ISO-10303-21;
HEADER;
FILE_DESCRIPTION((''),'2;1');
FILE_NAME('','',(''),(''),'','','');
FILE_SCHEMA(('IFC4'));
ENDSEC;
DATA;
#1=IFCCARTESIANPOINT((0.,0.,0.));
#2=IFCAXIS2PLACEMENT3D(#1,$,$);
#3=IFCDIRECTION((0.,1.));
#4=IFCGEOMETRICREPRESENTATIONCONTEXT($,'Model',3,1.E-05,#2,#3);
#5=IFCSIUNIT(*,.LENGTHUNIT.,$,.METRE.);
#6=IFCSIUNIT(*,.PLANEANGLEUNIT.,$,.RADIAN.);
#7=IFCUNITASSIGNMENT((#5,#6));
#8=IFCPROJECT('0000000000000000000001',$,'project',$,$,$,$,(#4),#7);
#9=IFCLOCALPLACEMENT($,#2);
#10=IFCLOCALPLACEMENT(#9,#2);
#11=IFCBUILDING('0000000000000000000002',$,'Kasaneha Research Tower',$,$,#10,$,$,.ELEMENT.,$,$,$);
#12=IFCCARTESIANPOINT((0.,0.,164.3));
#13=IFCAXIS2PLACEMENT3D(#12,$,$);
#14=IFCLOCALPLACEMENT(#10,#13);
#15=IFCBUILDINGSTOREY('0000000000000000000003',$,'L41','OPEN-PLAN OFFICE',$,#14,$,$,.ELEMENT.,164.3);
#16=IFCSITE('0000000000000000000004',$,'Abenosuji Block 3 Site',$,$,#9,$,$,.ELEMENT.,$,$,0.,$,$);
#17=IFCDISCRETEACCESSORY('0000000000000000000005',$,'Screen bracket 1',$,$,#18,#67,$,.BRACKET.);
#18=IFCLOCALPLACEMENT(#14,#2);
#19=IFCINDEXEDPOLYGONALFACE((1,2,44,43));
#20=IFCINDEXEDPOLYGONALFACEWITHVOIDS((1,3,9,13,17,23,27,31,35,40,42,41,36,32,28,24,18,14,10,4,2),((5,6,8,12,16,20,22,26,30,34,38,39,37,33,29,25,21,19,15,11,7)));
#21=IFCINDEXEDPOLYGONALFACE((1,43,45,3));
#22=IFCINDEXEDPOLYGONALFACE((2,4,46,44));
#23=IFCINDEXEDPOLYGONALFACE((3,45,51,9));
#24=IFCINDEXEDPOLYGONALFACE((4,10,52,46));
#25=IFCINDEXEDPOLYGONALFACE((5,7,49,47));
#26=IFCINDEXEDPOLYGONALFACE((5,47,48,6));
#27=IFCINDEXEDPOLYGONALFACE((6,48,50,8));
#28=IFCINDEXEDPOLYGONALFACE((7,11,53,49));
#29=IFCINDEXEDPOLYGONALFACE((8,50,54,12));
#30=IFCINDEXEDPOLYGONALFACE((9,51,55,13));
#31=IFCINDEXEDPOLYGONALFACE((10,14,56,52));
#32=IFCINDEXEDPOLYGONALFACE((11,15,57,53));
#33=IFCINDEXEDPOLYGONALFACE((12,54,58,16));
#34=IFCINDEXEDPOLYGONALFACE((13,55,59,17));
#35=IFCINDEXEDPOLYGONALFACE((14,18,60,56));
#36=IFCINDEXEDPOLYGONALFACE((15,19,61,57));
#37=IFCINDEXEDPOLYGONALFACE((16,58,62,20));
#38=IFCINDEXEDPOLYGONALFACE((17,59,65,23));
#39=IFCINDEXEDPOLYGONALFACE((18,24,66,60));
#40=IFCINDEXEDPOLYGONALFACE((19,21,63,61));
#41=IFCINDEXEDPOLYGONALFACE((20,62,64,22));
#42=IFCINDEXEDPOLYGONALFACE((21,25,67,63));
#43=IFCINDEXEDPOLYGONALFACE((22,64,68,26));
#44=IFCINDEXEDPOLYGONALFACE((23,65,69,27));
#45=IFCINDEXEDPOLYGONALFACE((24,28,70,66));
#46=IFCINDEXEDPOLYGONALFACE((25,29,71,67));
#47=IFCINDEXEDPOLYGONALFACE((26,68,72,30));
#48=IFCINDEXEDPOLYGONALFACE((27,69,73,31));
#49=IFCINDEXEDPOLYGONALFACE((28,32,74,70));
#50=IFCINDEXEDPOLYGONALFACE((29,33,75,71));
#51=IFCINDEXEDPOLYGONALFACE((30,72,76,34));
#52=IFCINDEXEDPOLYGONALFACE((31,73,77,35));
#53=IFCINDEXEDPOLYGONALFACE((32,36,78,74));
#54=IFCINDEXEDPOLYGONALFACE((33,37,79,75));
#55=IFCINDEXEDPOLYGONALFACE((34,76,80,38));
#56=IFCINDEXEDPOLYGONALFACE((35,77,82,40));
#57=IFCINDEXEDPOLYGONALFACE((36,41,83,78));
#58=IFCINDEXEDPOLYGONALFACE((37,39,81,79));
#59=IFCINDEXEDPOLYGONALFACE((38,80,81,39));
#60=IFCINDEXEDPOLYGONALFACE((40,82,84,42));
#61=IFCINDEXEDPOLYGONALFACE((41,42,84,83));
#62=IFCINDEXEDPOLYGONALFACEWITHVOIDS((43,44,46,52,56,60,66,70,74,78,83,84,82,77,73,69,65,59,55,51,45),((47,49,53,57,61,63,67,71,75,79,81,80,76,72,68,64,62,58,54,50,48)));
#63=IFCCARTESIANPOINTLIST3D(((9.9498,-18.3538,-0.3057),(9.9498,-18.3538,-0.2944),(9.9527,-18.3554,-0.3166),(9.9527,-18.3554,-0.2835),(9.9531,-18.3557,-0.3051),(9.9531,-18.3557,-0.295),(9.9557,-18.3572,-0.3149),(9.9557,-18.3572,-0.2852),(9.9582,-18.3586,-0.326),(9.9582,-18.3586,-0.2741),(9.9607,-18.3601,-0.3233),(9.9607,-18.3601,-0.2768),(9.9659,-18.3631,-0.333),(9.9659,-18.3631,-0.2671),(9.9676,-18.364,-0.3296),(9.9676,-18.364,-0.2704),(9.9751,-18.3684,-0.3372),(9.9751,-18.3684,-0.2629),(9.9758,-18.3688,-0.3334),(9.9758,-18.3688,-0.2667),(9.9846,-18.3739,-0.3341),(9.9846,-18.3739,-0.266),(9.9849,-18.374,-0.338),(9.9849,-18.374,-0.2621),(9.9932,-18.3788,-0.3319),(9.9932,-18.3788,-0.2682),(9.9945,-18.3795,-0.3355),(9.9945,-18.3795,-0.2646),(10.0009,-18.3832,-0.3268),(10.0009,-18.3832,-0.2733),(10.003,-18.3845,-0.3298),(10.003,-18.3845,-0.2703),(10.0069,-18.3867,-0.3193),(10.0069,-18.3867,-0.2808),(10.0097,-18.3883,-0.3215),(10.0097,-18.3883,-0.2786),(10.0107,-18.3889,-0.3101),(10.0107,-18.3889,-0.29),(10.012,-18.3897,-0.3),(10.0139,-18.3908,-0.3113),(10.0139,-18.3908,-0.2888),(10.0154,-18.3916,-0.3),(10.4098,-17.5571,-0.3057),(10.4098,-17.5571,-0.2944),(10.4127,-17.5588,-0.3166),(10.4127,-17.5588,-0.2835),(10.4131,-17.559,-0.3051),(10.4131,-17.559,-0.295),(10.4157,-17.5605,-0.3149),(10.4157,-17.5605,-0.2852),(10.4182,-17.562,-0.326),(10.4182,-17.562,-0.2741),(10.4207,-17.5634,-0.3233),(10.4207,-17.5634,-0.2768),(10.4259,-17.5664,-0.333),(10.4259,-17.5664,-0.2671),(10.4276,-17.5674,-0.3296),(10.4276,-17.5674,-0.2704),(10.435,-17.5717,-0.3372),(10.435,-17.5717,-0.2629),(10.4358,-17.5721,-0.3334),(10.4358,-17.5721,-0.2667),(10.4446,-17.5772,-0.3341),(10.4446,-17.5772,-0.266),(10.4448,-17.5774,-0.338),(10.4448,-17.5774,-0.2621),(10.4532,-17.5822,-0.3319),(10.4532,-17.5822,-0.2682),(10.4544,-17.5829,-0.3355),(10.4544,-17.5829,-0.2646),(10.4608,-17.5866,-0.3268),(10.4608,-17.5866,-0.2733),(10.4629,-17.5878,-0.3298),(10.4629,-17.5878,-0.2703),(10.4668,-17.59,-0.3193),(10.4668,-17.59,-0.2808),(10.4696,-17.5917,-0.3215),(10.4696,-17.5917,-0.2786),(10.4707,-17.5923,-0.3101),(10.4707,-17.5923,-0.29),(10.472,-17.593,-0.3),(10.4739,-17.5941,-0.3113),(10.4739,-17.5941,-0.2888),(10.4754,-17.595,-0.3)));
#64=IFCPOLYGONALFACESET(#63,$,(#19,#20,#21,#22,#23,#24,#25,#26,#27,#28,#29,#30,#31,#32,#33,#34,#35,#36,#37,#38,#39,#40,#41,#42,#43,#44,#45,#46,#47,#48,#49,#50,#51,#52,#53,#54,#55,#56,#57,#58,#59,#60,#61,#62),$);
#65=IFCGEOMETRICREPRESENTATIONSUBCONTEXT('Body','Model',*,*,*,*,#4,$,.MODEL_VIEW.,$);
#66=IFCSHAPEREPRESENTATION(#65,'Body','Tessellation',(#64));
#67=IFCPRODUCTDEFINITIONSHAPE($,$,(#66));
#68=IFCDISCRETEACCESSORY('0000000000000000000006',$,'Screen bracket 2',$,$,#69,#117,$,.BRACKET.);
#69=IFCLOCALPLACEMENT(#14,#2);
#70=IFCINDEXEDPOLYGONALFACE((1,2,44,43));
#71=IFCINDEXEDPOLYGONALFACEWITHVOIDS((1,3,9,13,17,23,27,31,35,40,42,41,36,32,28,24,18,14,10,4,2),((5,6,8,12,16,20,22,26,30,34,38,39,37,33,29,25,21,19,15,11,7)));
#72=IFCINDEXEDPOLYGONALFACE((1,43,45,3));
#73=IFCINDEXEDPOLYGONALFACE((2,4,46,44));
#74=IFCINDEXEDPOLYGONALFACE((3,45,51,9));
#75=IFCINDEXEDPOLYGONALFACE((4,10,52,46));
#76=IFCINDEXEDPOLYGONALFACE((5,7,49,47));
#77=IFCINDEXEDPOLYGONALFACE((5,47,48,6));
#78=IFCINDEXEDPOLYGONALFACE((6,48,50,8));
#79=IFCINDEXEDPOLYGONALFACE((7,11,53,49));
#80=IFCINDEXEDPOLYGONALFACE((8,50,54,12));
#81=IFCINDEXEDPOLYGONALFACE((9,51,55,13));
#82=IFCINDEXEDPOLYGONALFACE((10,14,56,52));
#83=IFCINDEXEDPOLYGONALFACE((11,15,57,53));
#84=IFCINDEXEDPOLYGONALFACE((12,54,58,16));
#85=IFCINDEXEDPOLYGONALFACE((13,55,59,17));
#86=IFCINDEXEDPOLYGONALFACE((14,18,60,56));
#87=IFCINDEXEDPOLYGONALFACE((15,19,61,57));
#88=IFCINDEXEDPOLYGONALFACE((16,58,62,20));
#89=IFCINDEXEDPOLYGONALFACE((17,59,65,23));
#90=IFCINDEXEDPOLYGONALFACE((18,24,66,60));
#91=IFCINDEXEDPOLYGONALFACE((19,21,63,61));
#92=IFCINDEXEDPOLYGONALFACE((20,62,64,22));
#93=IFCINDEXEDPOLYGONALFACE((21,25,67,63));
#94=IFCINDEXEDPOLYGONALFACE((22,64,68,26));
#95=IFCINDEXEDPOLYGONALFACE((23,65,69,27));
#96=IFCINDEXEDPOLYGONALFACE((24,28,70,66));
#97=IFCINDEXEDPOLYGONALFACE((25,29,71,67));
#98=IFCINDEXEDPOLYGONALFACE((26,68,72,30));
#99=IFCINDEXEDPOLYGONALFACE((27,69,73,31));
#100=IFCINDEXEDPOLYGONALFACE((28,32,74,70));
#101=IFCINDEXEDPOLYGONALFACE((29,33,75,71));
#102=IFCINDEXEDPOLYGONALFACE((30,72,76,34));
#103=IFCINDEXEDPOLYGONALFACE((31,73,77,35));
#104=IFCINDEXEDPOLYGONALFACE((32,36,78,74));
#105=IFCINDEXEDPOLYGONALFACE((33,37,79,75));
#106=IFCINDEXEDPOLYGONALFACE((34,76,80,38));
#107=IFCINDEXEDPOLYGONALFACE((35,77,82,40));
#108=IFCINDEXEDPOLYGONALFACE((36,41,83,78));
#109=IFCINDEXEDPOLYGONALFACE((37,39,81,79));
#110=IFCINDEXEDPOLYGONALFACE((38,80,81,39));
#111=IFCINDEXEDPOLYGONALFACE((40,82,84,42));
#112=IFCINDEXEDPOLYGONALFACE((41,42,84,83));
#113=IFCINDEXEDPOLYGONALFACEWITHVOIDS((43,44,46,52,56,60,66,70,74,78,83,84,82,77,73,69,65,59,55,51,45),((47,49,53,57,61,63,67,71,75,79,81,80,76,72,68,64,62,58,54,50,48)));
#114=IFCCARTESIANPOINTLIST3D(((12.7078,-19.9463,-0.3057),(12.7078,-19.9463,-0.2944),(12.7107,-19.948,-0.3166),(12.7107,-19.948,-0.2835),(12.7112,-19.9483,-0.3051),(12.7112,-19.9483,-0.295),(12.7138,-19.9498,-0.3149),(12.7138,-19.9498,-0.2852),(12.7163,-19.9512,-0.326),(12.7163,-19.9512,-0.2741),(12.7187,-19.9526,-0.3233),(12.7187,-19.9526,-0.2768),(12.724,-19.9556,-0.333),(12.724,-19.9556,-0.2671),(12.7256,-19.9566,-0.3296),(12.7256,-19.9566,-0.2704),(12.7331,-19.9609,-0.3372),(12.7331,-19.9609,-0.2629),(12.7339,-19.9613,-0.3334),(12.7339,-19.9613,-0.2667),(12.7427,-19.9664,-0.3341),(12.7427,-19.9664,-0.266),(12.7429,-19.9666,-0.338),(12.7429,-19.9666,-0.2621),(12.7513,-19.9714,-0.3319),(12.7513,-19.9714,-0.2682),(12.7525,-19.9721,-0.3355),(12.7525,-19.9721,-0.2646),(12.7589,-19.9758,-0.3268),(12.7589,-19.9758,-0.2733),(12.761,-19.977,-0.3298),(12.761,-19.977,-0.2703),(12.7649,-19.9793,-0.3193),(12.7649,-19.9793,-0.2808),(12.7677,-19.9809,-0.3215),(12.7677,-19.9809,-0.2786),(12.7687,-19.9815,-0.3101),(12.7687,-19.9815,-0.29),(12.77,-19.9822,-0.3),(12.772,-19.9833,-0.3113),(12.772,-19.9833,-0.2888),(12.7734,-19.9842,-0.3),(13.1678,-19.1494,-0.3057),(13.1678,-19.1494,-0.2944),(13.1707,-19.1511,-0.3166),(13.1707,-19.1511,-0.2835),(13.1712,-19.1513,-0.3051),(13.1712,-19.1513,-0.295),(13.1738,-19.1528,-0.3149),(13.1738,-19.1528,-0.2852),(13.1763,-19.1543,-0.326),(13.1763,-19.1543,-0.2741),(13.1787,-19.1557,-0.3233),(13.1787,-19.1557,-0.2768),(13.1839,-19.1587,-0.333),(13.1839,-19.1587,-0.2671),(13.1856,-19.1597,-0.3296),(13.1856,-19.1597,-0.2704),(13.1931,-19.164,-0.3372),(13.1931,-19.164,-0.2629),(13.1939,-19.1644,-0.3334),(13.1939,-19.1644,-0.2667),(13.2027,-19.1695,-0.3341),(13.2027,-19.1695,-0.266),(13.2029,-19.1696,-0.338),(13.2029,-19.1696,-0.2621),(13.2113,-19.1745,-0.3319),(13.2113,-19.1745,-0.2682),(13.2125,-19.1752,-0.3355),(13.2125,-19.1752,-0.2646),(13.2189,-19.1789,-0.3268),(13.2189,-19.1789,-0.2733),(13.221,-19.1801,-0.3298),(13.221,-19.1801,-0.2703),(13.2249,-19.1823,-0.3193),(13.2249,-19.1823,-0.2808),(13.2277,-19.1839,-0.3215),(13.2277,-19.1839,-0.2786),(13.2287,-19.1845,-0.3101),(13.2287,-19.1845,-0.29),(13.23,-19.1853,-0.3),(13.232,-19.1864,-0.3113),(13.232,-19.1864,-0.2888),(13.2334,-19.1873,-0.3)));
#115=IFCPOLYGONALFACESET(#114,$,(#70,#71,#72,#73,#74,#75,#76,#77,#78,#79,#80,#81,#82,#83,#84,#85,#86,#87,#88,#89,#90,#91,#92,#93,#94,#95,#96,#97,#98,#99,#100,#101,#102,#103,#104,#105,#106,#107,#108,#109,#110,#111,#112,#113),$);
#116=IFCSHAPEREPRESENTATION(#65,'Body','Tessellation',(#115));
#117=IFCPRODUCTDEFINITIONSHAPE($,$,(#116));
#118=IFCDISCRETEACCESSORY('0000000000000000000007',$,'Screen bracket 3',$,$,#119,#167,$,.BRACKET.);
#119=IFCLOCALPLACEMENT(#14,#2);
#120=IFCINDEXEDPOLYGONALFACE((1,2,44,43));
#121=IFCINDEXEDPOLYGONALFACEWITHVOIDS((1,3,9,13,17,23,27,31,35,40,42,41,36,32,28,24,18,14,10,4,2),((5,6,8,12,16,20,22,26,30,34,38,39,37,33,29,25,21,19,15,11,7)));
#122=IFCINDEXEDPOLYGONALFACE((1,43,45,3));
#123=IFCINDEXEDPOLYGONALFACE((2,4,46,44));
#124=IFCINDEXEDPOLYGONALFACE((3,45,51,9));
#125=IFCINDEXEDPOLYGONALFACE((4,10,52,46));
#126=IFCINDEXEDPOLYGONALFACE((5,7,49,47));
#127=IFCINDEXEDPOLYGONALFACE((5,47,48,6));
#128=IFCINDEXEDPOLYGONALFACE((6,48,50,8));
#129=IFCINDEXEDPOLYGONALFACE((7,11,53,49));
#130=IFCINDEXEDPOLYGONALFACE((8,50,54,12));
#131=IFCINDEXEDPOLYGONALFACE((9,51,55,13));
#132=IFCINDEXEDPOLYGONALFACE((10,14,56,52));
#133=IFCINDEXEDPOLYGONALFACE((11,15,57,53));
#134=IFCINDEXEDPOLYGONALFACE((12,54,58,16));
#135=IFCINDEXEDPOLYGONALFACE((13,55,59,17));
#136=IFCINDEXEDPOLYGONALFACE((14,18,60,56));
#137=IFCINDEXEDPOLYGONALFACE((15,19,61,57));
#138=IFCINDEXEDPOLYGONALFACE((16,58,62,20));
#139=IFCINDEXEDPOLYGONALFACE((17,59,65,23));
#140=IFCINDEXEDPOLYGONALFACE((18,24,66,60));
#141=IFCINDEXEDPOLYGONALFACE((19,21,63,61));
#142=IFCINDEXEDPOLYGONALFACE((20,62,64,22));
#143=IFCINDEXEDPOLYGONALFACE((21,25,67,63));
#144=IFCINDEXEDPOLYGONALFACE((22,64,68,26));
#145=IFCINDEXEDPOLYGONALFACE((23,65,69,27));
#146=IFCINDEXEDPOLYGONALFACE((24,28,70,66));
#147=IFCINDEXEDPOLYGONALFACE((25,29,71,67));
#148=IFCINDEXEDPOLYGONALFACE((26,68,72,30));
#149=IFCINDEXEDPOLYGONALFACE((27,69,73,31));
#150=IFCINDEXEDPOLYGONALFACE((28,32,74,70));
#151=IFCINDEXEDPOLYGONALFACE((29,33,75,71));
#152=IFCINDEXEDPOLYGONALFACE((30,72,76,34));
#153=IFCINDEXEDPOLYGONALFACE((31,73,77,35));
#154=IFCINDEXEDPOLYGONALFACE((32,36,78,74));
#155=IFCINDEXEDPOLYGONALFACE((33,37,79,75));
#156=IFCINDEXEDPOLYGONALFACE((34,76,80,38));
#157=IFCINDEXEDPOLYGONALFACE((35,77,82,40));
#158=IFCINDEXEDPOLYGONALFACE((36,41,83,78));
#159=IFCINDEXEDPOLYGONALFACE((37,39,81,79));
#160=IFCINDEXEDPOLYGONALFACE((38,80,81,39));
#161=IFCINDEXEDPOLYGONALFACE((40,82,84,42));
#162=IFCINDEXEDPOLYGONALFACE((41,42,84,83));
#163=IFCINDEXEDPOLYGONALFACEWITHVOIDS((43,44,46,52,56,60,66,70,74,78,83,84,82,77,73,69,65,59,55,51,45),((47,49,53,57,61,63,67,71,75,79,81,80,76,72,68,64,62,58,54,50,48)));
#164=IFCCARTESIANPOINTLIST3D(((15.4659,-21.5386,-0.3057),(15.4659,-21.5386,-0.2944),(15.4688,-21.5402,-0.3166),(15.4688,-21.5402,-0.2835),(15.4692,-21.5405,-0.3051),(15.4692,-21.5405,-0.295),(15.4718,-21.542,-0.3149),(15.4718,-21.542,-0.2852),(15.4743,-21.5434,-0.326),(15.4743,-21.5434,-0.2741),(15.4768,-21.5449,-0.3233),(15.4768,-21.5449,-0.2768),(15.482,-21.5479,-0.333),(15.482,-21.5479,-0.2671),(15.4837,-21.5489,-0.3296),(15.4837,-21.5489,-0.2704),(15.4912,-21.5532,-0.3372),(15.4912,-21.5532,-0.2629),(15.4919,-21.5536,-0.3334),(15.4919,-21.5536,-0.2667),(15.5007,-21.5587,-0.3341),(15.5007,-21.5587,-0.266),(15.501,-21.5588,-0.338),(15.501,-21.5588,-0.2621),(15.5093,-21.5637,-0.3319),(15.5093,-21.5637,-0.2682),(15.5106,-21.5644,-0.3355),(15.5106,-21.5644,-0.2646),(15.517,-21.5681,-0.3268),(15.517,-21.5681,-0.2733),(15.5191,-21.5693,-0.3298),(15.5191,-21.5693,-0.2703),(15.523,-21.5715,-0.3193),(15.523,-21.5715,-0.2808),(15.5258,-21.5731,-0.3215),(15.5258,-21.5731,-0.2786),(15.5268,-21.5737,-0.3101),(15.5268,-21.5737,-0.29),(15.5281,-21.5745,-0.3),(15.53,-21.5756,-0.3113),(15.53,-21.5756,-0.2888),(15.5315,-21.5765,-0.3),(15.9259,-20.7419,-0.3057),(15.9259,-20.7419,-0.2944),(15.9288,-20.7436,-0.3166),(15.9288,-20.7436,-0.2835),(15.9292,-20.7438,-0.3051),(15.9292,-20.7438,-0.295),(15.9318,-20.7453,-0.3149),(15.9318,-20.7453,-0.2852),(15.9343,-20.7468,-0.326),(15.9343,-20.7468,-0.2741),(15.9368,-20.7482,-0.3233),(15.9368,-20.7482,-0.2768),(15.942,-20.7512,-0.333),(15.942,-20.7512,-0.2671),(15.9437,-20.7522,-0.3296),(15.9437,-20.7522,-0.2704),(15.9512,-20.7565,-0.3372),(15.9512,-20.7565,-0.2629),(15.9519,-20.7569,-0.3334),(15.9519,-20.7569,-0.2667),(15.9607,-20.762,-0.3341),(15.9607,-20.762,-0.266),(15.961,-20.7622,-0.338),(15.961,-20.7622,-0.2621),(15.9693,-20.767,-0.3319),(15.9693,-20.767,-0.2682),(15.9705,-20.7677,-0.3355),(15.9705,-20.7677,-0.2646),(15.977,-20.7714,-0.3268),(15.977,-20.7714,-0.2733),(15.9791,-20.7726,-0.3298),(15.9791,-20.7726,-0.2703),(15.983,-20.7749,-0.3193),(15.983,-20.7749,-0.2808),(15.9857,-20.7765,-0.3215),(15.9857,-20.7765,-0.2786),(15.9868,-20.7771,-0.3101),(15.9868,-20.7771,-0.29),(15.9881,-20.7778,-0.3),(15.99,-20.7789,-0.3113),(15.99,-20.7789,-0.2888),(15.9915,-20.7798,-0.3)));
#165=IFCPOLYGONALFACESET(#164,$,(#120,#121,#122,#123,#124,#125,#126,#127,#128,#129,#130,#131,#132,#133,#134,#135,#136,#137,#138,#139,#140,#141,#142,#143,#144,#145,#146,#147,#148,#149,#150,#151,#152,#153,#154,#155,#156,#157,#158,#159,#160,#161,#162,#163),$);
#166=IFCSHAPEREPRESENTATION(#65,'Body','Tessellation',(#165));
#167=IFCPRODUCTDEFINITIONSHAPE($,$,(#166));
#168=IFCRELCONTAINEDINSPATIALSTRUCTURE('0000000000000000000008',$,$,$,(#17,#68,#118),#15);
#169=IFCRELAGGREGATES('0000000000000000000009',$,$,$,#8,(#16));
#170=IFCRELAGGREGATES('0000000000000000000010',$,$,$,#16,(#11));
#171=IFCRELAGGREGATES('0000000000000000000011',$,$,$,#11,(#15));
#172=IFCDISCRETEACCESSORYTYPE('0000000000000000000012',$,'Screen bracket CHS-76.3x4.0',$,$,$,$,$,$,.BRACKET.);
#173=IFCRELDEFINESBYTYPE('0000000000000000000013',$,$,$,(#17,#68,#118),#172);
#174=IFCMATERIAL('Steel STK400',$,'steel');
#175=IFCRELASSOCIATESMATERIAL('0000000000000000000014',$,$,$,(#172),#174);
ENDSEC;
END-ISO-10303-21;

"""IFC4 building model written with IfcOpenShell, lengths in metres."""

from ifc_helpers import new_model, si_unit, direction, frame, origin, origin_2d, place, context, subcontext, project, spatial, hollow_circle, extrude, material, material_profile, profile_set, type_object, element, save


model = new_model("IFC4")

# Units and contexts
model_context = context("Model", 3, precision=1e-05, world=origin(), true_north=direction((0.0, 1.0)))
body_context = subcontext(model_context, "Body", "Model", "MODEL_VIEW")
ifc_project = project(units=[si_unit("LENGTHUNIT", "METRE"), si_unit("PLANEANGLEUNIT", "RADIAN")], contexts=[model_context])

# Site, building, storey
site_placement = place(None, origin())
site = spatial("IfcSite", under=ifc_project, at=site_placement, Name="Abenosuji Block 3 Site", CompositionType="ELEMENT", RefElevation=0.0)
building_placement = place(site_placement, origin())
building = spatial("IfcBuilding", under=site, at=building_placement, Name="Kasaneha Research Tower", CompositionType="ELEMENT")
storey_placement = place(building_placement, frame((0.0, 0.0, 164.3)))
storey = spatial("IfcBuildingStorey", under=building, at=storey_placement, Name="L41", Description="OPEN-PLAN OFFICE", CompositionType="ELEMENT", Elevation=164.3)

# Discrete accessories
ifc_material_1 = material(Name="Steel STK400", Category="steel")
ifc_material_profile_1 = material_profile(ifc_material_1, hollow_circle(Radius=0.0381, WallThickness=0.0039, at=origin_2d()), Name="CHS-76.3x4.0")
ifc_profile_set_1 = profile_set([ifc_material_profile_1], Name="Steel STK400")
discrete_accessory_type = type_object("IfcDiscreteAccessoryType", Name="Screen bracket CHS-76.3x4.0", PredefinedType="BRACKET", material=ifc_profile_set_1)
for number, where, z_axis, x_axis, name in (
    (1, (10.4424, -17.5759, -0.3), (-0.500021, -0.866013, 0.0), (0.866013, -0.500021, 0.0), "Screen bracket 1"),
):
    element("IfcDiscreteAccessory", number, at=place(storey_placement, frame(where, z_axis=z_axis, x_axis=x_axis)), inside=storey, type_object=discrete_accessory_type, Name=name, PredefinedType="BRACKET", context=body_context, shape_type="SweptSolid", body=[
        extrude(hollow_circle(Radius=0.0381, WallThickness=0.0039, at=origin_2d()), origin(), (0.0, 0.0, 1.0), 0.9199),
    ])
discrete_accessory_1_placement = place(storey_placement, frame((13.2004, -19.1682, -0.3), z_axis=(-0.499906, -0.86608, 0.0), x_axis=(0.86608, -0.499906, 0.0)))
element("IfcDiscreteAccessory", 2, at=discrete_accessory_1_placement, inside=storey, type_object=discrete_accessory_type, Name="Screen bracket 2", PredefinedType="BRACKET", context=body_context, shape_type="SweptSolid", body=[
    extrude(hollow_circle(Radius=0.0381, WallThickness=0.0039, at=origin_2d()), origin(), (0.0, 0.0, 1.0), 0.9202),
])
discrete_accessory_2_placement = place(storey_placement, frame((15.9585, -20.7607, -0.3), z_axis=(-0.500021, -0.866013, 0.0), x_axis=(0.866013, -0.500021, 0.0)))
element("IfcDiscreteAccessory", 3, at=discrete_accessory_2_placement, inside=storey, type_object=discrete_accessory_type, Name="Screen bracket 3", PredefinedType="BRACKET", context=body_context, shape_type="SweptSolid", body=[
    extrude(hollow_circle(Radius=0.0381, WallThickness=0.0039, at=origin_2d()), origin(), (0.0, 0.0, 1.0), 0.9199),
])

save(model, "model.ifc")
